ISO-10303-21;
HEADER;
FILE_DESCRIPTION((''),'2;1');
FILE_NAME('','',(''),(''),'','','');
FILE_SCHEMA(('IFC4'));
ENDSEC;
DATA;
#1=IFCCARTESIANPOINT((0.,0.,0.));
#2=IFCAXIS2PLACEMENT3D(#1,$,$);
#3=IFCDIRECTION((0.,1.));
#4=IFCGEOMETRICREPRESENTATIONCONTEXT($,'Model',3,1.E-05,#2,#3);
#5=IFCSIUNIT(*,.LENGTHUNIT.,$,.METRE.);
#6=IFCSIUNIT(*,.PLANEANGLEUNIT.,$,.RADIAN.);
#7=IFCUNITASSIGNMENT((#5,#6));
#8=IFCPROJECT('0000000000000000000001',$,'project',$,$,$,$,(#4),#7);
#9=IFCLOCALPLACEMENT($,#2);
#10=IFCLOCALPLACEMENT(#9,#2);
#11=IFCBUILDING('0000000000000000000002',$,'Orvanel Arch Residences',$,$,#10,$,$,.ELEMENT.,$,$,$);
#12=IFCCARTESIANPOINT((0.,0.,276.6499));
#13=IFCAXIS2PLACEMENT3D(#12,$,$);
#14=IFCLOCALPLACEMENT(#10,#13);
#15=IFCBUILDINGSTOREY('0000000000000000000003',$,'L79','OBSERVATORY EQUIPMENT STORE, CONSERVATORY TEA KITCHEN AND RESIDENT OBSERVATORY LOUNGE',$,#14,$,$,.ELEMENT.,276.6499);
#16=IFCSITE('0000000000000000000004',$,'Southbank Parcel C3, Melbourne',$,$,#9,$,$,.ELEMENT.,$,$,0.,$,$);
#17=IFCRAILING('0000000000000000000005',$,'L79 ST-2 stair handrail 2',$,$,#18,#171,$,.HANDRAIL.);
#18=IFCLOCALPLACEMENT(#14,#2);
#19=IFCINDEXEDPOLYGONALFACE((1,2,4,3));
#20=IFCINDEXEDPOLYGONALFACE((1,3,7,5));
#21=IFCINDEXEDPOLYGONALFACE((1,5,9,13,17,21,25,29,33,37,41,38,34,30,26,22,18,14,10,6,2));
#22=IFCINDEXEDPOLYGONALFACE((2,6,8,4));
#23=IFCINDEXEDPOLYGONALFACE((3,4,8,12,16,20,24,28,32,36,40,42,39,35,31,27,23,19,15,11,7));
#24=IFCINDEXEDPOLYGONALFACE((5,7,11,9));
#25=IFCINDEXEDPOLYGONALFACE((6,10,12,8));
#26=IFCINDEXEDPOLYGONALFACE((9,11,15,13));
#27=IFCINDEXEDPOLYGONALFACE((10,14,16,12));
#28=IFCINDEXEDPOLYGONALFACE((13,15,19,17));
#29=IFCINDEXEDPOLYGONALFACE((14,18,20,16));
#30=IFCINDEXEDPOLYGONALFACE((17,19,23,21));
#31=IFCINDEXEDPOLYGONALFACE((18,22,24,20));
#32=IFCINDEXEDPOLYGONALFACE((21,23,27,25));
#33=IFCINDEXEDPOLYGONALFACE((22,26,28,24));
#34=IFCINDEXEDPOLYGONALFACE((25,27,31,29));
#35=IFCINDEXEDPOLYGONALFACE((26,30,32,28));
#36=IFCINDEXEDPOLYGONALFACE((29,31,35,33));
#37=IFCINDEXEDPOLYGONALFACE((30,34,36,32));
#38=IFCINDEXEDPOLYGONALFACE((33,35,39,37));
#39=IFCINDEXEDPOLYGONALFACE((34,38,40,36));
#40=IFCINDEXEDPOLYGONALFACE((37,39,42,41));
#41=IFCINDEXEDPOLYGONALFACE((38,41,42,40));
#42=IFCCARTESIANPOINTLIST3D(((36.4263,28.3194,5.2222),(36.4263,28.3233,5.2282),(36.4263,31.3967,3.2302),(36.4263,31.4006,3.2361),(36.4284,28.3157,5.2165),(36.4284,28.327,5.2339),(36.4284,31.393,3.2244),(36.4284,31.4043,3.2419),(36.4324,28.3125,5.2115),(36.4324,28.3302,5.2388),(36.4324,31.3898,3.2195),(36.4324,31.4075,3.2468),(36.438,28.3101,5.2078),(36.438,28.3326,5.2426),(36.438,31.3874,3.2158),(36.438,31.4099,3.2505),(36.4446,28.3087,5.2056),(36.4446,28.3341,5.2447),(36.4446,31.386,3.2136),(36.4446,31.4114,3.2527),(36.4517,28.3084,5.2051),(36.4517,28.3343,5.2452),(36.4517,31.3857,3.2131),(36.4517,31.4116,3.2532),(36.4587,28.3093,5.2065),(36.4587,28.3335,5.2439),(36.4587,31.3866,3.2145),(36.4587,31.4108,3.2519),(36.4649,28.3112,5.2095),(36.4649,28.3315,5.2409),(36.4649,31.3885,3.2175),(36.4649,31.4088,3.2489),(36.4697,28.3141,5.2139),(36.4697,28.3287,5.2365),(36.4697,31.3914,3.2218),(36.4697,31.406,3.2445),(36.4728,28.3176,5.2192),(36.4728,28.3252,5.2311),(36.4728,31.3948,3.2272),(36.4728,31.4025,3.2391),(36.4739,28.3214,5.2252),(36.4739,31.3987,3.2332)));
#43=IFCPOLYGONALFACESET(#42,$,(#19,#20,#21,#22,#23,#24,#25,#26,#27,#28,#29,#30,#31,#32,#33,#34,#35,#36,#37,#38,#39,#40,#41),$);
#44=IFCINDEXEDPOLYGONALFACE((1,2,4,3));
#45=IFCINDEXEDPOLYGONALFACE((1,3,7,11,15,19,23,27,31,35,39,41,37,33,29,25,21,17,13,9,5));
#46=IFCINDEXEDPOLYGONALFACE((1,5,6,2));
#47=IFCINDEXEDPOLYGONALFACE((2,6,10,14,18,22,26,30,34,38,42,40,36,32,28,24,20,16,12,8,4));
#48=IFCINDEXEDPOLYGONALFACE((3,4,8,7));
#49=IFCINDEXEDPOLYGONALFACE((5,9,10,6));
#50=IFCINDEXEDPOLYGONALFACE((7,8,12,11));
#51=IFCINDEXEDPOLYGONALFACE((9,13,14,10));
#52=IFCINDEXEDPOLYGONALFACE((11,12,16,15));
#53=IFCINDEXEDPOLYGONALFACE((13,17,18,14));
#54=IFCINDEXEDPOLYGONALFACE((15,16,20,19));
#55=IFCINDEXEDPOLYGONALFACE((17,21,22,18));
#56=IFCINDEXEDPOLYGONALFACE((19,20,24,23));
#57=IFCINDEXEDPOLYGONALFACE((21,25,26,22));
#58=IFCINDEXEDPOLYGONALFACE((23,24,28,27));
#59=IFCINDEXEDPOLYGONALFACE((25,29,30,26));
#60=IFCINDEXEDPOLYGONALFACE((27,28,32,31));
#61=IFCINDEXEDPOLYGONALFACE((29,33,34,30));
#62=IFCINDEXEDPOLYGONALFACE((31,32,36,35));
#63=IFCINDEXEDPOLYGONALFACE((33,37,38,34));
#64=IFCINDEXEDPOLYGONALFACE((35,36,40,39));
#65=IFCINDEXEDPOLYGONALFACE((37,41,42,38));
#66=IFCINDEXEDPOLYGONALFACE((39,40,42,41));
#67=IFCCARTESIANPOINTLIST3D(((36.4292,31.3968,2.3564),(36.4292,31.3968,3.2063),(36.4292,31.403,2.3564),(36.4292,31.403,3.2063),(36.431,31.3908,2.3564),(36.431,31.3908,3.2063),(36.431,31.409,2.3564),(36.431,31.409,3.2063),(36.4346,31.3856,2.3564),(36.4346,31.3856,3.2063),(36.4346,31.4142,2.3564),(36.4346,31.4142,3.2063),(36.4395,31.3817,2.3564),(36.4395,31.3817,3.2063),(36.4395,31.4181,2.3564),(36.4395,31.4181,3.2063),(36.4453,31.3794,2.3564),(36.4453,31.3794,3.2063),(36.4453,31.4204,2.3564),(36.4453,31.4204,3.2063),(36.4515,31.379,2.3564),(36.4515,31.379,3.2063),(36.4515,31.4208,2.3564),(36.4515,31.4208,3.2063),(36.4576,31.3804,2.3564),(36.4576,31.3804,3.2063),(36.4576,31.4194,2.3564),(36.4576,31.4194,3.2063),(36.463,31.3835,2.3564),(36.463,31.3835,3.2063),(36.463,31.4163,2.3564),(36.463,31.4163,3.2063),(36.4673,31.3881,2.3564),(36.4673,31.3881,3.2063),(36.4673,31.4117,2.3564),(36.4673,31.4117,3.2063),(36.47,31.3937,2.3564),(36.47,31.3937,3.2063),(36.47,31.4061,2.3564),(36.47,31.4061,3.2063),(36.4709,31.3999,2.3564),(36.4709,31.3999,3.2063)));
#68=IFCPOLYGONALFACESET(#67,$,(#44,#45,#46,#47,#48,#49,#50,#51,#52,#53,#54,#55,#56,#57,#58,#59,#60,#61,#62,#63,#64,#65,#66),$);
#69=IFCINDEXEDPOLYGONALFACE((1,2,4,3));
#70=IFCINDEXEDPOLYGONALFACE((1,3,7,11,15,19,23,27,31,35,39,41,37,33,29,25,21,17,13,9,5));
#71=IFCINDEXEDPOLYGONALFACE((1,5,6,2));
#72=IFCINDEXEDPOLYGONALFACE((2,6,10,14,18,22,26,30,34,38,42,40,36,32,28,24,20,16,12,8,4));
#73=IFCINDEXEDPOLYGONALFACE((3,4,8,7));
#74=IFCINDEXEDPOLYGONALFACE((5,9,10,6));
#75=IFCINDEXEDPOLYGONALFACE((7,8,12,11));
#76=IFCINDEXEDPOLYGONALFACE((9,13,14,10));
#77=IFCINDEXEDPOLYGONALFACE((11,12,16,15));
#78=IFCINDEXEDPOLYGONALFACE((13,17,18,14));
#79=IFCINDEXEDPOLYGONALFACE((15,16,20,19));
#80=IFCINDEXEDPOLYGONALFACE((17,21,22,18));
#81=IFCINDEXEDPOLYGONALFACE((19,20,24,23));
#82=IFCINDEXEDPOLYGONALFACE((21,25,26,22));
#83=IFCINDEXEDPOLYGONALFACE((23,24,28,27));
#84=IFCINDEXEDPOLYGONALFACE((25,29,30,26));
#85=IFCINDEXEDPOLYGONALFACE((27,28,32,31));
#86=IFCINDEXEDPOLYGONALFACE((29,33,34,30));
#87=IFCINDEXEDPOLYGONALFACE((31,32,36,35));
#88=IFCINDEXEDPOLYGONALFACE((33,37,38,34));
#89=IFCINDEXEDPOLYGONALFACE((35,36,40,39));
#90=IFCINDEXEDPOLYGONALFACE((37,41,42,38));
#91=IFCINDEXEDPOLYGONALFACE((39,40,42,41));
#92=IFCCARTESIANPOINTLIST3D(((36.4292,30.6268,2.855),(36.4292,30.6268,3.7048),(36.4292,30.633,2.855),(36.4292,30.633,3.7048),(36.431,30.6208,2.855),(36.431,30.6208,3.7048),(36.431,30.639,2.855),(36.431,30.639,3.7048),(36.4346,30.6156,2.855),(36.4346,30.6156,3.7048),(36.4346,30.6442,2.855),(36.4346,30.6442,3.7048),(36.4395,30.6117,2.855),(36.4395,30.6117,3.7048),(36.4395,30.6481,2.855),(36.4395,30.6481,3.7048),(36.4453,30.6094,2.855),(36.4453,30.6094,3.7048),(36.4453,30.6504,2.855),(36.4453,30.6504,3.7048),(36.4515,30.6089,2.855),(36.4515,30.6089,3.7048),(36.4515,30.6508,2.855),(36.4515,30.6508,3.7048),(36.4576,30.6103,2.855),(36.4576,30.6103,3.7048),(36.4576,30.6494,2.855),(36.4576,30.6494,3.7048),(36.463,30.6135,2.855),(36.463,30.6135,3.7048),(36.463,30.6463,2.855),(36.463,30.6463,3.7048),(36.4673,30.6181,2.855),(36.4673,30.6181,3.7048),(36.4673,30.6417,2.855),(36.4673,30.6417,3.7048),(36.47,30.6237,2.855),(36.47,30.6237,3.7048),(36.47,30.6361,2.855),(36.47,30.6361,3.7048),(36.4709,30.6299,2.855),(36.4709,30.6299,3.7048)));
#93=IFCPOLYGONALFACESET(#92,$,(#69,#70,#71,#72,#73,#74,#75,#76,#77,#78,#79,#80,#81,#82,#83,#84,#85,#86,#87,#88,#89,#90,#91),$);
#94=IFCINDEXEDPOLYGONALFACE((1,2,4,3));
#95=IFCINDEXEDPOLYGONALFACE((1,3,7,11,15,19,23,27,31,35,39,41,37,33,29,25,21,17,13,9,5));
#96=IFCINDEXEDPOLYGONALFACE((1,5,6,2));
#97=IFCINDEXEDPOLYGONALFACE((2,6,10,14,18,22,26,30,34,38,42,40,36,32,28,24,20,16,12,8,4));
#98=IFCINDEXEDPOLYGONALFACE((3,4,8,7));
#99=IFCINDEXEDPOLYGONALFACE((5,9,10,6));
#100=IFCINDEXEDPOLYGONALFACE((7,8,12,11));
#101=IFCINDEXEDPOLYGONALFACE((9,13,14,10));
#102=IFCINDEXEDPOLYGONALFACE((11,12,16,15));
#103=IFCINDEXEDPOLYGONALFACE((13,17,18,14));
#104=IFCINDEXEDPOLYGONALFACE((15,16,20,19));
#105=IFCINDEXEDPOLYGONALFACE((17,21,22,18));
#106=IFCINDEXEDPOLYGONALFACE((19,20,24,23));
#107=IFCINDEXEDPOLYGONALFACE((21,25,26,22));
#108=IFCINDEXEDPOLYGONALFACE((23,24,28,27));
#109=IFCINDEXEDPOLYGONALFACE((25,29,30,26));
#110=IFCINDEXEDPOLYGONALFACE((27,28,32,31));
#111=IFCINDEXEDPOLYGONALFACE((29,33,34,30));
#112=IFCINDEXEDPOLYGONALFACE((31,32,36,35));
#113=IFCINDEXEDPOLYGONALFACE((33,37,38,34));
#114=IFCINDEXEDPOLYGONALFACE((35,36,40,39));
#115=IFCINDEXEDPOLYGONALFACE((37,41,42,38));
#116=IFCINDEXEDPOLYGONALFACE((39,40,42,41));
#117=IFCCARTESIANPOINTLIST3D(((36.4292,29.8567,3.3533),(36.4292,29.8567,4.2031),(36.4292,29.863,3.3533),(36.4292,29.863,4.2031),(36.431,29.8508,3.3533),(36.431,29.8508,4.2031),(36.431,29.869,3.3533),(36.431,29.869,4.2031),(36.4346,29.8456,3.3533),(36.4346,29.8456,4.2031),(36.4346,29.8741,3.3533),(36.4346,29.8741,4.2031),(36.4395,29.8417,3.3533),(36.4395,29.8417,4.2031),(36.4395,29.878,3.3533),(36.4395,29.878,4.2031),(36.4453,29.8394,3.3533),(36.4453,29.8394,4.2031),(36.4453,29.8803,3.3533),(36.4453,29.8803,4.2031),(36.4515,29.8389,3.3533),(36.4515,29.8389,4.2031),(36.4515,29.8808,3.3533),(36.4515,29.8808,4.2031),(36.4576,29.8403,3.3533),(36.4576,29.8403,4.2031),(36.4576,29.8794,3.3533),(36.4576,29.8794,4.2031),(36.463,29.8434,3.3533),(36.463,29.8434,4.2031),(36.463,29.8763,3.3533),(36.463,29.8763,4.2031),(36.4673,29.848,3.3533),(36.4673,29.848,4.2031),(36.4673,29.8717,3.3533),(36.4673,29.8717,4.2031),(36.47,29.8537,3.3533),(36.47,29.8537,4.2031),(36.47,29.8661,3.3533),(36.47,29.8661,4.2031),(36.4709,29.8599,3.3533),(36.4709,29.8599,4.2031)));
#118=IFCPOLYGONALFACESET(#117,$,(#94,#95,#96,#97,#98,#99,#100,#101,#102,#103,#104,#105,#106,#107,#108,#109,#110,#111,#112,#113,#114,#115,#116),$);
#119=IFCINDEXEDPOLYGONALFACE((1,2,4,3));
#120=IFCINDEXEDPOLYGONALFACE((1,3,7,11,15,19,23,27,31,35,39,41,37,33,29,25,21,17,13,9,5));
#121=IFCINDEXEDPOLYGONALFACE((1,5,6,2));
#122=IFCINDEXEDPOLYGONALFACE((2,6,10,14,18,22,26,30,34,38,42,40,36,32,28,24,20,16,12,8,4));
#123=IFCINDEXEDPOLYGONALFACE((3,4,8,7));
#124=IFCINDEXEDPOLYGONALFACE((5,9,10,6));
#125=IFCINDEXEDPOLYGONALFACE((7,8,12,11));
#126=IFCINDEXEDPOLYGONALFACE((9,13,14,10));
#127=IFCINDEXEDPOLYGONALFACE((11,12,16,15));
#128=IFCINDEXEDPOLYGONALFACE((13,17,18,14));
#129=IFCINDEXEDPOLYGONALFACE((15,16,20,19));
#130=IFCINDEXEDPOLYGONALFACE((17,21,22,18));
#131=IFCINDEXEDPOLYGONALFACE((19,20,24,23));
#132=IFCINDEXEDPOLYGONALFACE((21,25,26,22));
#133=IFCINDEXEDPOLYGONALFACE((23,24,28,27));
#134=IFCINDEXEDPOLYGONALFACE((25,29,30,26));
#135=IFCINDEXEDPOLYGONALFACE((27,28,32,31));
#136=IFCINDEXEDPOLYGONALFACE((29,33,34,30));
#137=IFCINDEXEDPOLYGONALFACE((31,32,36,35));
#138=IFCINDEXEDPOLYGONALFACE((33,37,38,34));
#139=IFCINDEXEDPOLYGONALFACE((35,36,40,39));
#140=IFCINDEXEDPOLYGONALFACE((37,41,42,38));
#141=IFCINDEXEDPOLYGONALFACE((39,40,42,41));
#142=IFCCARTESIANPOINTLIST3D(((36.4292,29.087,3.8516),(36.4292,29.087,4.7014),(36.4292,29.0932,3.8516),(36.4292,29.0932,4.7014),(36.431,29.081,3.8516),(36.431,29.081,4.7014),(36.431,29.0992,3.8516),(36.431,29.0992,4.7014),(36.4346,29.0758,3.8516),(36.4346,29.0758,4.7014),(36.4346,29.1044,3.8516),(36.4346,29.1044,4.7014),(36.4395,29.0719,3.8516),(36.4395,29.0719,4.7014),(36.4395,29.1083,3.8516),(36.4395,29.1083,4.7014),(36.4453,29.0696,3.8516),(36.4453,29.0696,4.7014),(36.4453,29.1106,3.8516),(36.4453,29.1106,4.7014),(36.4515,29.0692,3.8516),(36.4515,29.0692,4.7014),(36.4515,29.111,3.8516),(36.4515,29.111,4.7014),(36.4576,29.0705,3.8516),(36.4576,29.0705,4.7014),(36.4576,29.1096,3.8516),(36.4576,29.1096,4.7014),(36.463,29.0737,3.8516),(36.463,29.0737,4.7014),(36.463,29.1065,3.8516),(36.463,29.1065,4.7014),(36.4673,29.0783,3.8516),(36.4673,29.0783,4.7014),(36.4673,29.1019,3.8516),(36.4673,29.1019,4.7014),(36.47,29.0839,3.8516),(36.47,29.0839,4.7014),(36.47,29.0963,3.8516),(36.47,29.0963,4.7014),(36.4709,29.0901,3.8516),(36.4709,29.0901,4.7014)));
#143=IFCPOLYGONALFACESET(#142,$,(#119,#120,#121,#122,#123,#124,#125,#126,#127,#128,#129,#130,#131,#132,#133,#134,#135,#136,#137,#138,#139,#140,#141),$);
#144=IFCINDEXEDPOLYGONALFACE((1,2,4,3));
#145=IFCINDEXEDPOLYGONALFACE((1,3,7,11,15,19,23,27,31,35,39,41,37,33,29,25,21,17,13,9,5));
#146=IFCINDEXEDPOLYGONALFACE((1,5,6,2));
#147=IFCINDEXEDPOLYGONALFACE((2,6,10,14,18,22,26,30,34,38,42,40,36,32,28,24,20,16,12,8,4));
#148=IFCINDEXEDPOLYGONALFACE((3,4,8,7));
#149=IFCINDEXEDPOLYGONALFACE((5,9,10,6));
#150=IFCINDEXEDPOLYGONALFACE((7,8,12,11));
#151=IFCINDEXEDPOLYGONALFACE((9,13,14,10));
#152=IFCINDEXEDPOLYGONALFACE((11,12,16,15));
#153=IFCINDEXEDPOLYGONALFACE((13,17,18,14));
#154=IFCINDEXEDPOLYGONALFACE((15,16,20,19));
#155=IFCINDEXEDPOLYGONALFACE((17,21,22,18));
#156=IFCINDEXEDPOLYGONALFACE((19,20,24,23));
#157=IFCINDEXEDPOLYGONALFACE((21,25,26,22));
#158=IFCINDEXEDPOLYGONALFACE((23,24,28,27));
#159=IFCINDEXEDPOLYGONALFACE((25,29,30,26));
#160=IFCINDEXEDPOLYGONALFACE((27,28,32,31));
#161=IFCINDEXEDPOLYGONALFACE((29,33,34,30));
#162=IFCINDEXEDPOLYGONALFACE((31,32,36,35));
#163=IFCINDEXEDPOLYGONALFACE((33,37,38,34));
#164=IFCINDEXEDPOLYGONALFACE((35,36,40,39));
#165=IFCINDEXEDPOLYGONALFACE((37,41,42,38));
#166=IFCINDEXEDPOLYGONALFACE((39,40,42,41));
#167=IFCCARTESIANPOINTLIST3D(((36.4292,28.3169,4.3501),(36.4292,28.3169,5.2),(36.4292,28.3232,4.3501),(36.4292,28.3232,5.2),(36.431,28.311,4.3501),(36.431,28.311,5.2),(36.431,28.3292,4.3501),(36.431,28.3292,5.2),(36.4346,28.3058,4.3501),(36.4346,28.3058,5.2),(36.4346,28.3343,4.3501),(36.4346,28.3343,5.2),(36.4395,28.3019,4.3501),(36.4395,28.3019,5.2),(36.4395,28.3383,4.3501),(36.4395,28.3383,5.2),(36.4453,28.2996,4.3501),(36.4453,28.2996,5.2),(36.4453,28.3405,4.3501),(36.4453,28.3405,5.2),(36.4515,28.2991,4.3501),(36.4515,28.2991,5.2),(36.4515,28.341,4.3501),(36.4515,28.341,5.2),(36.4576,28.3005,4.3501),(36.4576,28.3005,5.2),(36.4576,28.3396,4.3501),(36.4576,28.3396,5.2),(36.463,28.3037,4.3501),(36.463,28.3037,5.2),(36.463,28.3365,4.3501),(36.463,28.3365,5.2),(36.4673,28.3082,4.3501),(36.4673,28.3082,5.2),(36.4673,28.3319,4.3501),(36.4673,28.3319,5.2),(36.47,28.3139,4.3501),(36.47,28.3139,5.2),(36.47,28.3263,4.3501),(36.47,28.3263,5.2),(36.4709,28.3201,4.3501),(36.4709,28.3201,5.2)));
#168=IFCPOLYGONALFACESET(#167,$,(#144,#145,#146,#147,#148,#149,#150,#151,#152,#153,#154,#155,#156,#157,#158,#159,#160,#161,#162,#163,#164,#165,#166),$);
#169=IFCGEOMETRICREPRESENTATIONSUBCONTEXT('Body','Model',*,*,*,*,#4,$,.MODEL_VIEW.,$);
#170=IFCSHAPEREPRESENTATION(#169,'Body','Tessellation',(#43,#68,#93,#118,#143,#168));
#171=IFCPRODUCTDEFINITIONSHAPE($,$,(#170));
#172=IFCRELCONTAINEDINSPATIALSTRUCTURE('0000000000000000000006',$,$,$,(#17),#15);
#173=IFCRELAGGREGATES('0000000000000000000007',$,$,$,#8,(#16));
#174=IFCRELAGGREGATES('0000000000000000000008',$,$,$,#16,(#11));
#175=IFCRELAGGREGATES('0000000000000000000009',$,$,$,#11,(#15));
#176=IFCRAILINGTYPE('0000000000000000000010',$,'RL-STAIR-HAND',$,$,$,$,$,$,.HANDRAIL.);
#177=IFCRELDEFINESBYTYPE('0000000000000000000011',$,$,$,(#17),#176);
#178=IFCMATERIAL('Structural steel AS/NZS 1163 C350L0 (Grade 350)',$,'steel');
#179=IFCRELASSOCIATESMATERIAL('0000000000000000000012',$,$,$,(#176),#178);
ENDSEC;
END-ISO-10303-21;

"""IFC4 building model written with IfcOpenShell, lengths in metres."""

from ifc_helpers import new_model, si_unit, direction, frame, origin, origin_2d, place, context, subcontext, project, spatial, circle, extrude, material, type_object, element, save


model = new_model("IFC4")

# Units and contexts
model_context = context("Model", 3, precision=1e-05, world=origin(), true_north=direction((0.0, 1.0)))
body_context = subcontext(model_context, "Body", "Model", "MODEL_VIEW")
ifc_project = project(units=[si_unit("LENGTHUNIT", "METRE"), si_unit("PLANEANGLEUNIT", "RADIAN")], contexts=[model_context])

# Site, building, storey
site_placement = place(None, origin())
site = spatial("IfcSite", under=ifc_project, at=site_placement, Name="Southbank Parcel C3, Melbourne", CompositionType="ELEMENT", RefElevation=0.0)
building_placement = place(site_placement, origin())
building = spatial("IfcBuilding", under=site, at=building_placement, Name="Orvanel Arch Residences", CompositionType="ELEMENT")
storey_placement = place(building_placement, frame((0.0, 0.0, 276.6499)))
storey = spatial("IfcBuildingStorey", under=building, at=storey_placement, Name="L79", Description="OBSERVATORY EQUIPMENT STORE, CONSERVATORY TEA KITCHEN AND RESIDENT OBSERVATORY LOUNGE", CompositionType="ELEMENT", Elevation=276.6499)

# Shared definitions
ifc_material_1 = material(Name="Structural steel AS/NZS 1163 C350L0 (Grade 350)", Category="steel")

# Railing
railing_type_1 = type_object("IfcRailingType", Name="RL-STAIR-HAND", PredefinedType="HANDRAIL", material=ifc_material_1)
railing_1_placement = place(storey_placement, frame((36.45, 31.3999, 2.3564)))
element("IfcRailing", 1, at=railing_1_placement, inside=storey, type_object=railing_type_1, Name="L79 ST-2 stair handrail 2", PredefinedType="HANDRAIL", context=body_context, shape_type="SweptSolid", body=[
    extrude(circle(Radius=0.0239, at=origin_2d()), frame((0.0, -0.0012, 0.8767), z_axis=(0.0, -0.839468, 0.543409), x_axis=(1.0, 0.0, 0.0)), (0.0, 0.0, 1.0), 3.6658),
    extrude(circle(Radius=0.021, at=origin_2d()), origin(), (0.0, 0.0, 1.0), 0.8499),
    extrude(circle(Radius=0.021, at=origin_2d()), frame((0.0, -0.77, 0.4985)), (0.0, 0.0, 1.0), 0.8499),
    extrude(circle(Radius=0.021, at=origin_2d()), frame((0.0, -1.54, 0.9968)), (0.0, 0.0, 1.0), 0.8499),
    extrude(circle(Radius=0.021, at=origin_2d()), frame((0.0, -2.3098, 1.4951)), (0.0, 0.0, 1.0), 0.8499),
    extrude(circle(Radius=0.021, at=origin_2d()), frame((0.0, -3.0798, 1.9937)), (0.0, 0.0, 1.0), 0.8499),
])

save(model, "model.ifc")
